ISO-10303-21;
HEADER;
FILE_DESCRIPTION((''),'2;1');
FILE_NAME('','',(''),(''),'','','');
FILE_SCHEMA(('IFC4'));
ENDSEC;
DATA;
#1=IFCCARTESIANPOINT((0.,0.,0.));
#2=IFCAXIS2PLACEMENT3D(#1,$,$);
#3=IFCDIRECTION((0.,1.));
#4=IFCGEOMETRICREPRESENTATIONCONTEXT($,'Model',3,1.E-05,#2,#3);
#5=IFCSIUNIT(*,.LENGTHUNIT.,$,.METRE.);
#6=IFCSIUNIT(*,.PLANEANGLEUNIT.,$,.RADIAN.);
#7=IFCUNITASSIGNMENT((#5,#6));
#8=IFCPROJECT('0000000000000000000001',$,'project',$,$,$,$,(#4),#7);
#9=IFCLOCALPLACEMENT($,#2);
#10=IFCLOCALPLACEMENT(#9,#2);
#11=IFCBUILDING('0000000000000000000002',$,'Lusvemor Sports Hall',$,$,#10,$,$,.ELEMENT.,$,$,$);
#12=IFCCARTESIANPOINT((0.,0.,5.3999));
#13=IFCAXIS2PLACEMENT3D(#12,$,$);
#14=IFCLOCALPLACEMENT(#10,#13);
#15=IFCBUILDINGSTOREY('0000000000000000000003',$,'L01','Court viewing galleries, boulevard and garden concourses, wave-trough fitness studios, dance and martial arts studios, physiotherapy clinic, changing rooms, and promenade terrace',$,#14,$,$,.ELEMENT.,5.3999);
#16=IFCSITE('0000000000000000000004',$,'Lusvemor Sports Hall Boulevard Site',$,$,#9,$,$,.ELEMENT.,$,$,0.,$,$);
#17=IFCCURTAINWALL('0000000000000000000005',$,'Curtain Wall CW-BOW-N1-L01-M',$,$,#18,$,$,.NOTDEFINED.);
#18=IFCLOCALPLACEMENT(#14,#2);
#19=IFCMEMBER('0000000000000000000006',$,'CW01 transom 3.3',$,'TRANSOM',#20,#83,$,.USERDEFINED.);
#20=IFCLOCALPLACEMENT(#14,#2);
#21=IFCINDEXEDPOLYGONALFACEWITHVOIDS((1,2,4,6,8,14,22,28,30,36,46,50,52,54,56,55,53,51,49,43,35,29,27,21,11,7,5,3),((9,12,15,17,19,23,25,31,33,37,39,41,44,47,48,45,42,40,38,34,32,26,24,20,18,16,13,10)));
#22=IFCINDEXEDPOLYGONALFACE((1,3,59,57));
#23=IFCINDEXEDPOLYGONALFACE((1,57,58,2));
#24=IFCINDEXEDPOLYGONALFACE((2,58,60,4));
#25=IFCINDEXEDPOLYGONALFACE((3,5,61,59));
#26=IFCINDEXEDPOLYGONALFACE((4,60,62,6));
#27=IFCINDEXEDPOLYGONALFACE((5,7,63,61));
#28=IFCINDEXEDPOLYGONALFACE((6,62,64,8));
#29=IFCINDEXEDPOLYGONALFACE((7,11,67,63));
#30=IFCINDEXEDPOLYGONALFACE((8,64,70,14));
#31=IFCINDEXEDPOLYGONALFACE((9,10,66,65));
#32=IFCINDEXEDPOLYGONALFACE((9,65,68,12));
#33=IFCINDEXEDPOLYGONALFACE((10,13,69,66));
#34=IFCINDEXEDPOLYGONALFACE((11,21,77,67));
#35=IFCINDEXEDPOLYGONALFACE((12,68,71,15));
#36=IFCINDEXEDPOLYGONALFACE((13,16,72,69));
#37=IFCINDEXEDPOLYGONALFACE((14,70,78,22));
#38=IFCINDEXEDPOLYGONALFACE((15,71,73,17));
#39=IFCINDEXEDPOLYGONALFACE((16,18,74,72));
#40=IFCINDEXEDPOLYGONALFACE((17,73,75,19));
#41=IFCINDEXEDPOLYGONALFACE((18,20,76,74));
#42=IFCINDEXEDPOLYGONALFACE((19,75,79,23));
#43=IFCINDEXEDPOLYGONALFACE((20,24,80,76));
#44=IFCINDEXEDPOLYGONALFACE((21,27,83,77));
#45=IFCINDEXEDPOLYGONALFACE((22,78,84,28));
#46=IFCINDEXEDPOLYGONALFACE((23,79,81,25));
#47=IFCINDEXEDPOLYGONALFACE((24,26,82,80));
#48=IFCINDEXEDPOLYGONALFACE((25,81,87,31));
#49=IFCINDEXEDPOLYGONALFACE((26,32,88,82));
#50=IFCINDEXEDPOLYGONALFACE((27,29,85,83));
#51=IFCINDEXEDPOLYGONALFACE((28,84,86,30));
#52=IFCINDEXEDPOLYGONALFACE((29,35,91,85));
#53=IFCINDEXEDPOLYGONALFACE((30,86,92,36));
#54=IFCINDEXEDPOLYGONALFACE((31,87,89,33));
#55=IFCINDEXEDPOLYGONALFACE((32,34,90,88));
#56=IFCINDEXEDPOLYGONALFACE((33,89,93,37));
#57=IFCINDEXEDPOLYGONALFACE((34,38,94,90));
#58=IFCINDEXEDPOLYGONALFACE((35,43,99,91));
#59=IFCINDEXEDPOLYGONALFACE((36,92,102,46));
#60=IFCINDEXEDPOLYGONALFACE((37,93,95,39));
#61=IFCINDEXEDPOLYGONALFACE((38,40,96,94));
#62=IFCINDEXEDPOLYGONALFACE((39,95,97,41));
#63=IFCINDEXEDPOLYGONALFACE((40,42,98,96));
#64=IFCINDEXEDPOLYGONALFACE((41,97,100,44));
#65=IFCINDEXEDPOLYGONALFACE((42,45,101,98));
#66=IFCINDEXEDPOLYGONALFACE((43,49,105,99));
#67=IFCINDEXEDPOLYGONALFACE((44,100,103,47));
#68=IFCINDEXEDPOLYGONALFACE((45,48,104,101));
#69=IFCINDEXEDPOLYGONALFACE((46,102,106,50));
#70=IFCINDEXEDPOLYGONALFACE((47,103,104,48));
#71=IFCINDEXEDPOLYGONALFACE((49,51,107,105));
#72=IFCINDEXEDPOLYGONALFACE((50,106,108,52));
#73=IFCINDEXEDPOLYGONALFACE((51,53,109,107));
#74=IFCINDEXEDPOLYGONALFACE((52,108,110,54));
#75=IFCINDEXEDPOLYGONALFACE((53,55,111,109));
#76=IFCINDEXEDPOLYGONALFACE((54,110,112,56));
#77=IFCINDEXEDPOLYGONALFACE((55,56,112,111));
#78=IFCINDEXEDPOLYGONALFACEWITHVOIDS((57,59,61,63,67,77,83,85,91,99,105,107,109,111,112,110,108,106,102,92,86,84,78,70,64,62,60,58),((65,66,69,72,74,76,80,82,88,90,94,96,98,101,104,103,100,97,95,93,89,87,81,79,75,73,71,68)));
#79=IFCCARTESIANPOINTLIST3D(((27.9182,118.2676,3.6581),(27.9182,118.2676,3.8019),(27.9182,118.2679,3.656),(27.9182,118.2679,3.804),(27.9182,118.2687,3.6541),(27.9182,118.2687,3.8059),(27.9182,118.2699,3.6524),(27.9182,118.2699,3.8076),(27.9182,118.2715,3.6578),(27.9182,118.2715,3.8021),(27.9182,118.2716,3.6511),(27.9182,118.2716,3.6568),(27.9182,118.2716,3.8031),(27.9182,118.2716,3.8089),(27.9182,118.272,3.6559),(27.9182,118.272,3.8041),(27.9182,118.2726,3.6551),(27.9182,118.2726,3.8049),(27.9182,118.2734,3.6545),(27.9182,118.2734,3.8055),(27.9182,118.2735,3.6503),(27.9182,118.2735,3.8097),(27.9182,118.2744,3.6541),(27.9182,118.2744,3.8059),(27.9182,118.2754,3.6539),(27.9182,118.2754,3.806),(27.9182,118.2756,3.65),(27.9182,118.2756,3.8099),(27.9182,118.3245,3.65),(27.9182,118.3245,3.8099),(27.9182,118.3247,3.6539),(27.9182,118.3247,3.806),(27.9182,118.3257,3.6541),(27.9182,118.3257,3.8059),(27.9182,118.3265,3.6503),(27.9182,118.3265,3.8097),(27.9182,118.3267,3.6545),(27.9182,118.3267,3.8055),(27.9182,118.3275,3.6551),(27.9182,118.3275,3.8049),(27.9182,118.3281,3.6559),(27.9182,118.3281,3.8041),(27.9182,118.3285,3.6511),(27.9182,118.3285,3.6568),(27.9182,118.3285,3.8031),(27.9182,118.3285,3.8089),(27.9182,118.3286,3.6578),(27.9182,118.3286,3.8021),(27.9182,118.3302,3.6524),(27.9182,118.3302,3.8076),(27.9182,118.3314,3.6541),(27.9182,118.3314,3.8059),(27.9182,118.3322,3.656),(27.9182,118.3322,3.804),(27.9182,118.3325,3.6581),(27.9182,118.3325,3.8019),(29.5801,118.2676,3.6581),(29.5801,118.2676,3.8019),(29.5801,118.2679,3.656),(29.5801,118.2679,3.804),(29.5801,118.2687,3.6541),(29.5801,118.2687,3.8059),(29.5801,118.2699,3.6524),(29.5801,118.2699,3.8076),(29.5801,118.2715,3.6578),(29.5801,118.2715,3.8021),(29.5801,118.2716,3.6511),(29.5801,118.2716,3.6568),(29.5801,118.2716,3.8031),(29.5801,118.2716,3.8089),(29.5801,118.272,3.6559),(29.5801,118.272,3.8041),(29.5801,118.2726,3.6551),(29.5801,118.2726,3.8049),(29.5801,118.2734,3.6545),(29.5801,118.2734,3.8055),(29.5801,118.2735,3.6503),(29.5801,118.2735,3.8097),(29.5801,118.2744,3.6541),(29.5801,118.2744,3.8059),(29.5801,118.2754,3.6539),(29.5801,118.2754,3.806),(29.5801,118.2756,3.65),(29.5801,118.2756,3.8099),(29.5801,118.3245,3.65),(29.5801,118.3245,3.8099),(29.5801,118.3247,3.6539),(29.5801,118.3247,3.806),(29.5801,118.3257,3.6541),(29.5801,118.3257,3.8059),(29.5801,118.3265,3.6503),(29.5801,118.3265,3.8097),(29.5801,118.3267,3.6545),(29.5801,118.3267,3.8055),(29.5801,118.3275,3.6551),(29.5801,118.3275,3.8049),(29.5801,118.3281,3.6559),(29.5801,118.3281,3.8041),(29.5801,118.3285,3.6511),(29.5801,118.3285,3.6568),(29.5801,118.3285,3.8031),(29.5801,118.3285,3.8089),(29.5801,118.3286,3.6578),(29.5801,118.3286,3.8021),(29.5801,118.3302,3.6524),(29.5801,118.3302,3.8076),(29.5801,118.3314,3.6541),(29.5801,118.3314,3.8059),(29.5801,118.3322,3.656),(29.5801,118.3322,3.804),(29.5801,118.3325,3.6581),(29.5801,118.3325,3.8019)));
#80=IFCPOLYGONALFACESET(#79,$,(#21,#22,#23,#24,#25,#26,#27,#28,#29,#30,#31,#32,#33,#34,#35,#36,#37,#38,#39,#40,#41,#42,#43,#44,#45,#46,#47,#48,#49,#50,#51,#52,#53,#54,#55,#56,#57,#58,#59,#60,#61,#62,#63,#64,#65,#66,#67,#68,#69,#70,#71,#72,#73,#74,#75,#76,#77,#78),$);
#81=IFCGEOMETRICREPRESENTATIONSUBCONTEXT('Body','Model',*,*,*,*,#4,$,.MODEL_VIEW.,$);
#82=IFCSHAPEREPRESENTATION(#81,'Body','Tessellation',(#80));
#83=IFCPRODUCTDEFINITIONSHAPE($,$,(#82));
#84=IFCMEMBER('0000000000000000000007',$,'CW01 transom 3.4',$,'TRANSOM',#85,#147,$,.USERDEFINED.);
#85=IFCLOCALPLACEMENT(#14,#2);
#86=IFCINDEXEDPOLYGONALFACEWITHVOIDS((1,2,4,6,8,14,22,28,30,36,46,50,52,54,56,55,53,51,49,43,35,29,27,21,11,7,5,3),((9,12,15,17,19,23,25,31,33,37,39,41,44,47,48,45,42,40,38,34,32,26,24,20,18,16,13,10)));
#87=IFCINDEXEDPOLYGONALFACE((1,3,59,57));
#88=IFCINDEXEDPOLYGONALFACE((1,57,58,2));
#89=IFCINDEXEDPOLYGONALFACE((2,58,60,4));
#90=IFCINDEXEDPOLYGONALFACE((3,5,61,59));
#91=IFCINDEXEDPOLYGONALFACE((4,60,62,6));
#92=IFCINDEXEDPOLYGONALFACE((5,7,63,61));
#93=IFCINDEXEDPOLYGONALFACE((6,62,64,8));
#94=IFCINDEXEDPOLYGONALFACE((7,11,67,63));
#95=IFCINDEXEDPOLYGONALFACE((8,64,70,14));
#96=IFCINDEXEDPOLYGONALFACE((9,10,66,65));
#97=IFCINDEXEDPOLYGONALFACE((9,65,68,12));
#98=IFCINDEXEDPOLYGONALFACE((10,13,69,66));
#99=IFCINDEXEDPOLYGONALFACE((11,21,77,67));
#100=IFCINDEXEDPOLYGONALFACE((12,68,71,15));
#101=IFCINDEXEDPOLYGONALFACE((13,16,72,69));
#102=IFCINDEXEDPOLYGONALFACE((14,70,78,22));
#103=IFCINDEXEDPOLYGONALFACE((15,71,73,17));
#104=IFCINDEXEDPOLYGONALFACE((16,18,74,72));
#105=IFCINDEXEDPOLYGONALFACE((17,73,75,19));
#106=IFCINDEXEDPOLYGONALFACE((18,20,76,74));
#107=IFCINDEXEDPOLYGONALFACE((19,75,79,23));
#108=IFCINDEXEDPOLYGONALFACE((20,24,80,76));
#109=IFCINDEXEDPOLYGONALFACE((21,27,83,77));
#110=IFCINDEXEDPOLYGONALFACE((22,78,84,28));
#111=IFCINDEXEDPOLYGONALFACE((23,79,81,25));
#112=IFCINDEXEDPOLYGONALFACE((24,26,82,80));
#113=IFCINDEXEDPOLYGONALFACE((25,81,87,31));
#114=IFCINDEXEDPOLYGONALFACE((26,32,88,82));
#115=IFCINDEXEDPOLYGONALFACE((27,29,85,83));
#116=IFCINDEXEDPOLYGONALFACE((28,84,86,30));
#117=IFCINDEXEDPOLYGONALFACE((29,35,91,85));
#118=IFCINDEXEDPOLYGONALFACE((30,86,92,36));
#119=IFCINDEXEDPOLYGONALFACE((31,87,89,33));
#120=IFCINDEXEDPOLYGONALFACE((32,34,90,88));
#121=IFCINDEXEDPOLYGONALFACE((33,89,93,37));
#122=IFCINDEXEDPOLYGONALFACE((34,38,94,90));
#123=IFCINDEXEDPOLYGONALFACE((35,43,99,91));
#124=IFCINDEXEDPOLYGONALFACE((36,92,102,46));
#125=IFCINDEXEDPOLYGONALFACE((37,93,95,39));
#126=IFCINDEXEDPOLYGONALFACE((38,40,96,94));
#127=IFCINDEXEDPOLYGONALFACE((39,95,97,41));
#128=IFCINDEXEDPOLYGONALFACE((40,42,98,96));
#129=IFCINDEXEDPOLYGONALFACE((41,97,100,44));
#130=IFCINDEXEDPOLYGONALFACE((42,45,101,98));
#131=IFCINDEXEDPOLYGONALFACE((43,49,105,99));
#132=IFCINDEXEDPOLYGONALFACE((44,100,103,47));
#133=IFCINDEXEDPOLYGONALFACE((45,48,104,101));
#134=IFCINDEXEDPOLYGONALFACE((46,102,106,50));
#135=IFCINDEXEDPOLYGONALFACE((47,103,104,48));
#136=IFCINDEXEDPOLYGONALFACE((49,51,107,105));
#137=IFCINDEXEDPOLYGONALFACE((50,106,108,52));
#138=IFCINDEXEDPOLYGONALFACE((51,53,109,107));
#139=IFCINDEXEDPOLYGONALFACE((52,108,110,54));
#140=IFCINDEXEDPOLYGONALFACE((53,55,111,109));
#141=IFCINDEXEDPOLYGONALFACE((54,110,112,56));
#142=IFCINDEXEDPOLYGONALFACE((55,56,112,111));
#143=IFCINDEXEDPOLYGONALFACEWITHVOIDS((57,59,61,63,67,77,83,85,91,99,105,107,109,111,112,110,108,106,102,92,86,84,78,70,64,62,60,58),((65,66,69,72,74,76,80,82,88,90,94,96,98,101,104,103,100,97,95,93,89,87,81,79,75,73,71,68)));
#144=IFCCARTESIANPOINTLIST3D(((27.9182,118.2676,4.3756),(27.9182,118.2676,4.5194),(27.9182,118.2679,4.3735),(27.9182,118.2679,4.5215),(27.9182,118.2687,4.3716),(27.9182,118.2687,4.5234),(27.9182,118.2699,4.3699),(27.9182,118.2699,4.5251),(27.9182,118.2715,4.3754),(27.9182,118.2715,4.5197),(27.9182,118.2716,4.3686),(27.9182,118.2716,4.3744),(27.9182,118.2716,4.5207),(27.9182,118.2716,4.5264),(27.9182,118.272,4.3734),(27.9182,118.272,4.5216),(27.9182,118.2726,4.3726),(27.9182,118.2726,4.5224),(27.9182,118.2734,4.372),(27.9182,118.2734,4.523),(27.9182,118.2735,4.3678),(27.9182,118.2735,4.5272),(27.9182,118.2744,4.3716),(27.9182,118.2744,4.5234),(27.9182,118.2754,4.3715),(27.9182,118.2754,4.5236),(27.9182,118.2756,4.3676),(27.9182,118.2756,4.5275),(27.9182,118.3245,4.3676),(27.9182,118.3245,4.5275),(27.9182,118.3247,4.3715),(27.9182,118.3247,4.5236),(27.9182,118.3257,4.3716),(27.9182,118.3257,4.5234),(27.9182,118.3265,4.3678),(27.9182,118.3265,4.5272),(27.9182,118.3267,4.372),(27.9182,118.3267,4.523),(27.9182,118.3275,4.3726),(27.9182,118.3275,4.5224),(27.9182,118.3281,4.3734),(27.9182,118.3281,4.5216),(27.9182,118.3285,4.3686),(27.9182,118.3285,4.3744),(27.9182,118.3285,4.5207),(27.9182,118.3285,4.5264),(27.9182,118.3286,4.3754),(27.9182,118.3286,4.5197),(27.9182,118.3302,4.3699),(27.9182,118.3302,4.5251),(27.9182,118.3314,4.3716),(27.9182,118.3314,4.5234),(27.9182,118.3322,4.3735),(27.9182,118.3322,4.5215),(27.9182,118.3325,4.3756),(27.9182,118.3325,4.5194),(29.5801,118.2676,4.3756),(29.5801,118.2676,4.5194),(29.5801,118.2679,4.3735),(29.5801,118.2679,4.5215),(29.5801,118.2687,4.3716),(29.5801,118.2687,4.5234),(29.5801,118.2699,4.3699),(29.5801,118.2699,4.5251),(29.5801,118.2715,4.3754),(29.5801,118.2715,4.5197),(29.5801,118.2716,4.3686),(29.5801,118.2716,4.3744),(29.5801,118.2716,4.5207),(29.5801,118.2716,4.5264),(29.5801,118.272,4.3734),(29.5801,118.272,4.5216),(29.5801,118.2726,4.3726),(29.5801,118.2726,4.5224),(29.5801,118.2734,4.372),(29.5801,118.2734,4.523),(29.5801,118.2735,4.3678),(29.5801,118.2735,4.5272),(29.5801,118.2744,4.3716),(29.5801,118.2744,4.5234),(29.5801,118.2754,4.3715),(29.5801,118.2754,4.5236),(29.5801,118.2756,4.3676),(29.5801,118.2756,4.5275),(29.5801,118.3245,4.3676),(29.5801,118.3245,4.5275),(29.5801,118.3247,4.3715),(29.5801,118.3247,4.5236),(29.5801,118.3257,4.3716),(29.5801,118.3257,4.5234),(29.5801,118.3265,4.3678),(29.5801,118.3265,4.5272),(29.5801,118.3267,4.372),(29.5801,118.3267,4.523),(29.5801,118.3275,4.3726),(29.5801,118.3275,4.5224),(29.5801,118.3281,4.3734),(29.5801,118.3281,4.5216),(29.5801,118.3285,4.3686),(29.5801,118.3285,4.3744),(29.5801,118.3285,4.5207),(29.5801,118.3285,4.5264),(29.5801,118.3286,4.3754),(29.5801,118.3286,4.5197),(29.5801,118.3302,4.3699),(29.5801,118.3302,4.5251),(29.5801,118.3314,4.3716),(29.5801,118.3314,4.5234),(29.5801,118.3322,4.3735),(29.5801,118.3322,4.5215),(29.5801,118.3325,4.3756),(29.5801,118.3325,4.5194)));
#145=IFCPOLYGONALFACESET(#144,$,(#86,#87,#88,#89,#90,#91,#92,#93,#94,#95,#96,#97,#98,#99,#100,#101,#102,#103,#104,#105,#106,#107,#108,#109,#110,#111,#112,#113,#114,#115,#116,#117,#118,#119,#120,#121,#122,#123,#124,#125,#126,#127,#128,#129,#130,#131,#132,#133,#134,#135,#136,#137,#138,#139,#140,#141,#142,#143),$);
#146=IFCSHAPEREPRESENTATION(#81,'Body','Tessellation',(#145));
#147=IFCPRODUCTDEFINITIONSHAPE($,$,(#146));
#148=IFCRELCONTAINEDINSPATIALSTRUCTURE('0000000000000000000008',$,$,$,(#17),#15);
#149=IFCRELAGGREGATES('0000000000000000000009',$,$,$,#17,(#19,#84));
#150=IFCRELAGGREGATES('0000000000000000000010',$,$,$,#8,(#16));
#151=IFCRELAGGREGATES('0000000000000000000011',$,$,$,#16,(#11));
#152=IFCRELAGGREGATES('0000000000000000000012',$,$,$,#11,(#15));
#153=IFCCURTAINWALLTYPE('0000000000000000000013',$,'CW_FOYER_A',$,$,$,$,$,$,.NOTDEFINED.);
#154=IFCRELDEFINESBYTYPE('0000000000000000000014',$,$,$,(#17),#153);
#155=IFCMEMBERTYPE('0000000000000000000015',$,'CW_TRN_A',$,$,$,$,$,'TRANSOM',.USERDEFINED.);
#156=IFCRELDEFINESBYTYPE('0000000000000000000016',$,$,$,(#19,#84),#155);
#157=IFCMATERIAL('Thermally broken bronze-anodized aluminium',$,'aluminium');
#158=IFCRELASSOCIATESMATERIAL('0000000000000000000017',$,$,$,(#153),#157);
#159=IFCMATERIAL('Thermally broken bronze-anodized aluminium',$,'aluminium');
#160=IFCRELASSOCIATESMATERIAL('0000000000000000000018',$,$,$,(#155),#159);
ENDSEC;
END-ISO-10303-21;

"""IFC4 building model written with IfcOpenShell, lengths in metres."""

from ifc_helpers import new_model, si_unit, direction, frame, origin, origin_2d, place, context, subcontext, project, spatial, hollow_rectangle, extrude, material, material_profile, profile_set, type_object, element, aggregate, save


model = new_model("IFC4")

# Units and contexts
model_context = context("Model", 3, precision=1e-05, world=origin(), true_north=direction((0.0, 1.0)))
body_context = subcontext(model_context, "Body", "Model", "MODEL_VIEW")
ifc_project = project(units=[si_unit("LENGTHUNIT", "METRE"), si_unit("PLANEANGLEUNIT", "RADIAN")], contexts=[model_context])

# Site, building, storey
site_placement = place(None, origin())
site = spatial("IfcSite", under=ifc_project, at=site_placement, Name="Lusvemor Sports Hall Boulevard Site", CompositionType="ELEMENT", RefElevation=0.0)
building_placement = place(site_placement, origin())
building = spatial("IfcBuilding", under=site, at=building_placement, Name="Lusvemor Sports Hall", CompositionType="ELEMENT")
storey_placement = place(building_placement, frame((0.0, 0.0, 5.3999)))
storey = spatial("IfcBuildingStorey", under=building, at=storey_placement, Name="L01", Description="Court viewing galleries, boulevard and garden concourses, wave-trough fitness studios, dance and martial arts studios, physiotherapy clinic, changing rooms, and promenade terrace", CompositionType="ELEMENT", Elevation=5.3999)

# Curtain wall
ifc_material_1 = material(Name="Thermally broken bronze-anodized aluminium", Category="aluminium")
curtain_wall_type_1 = type_object("IfcCurtainWallType", Name="CW_FOYER_A", PredefinedType="NOTDEFINED", material=ifc_material_1)
curtain_wall_1_placement = place(storey_placement, origin())
curtain_wall_1 = element("IfcCurtainWall", 1, at=curtain_wall_1_placement, inside=storey, type_object=curtain_wall_type_1, Name="Curtain Wall CW-BOW-N1-L01-M", PredefinedType="NOTDEFINED")

# Members
ifc_material_2 = material(Name="Thermally broken bronze-anodized aluminium", Category="aluminium")
ifc_material_profile_1 = material_profile(ifc_material_2, hollow_rectangle(XDim=0.0649, YDim=0.1599, WallThickness=0.0039, InnerFilletRadius=0.0039, OuterFilletRadius=0.0081, at=origin_2d()), Name="CWTRN160x65x4")
ifc_profile_set_1 = profile_set([ifc_material_profile_1], Name="Thermally broken bronze-anodized aluminium")
member_type_1 = type_object("IfcMemberType", Name="CW_TRN_A", ElementType="TRANSOM", PredefinedType="USERDEFINED", material=ifc_profile_set_1)
member_1_placement = place(storey_placement, frame((27.9182, 118.3, 3.73), z_axis=(1.0, 0.0, 0.0), x_axis=(0.0, 1.0, 0.0)))
member_1 = element("IfcMember", 2, at=member_1_placement, type_object=member_type_1, Name="CW01 transom 3.3", ObjectType="TRANSOM", PredefinedType="USERDEFINED", context=body_context, shape_type="SweptSolid", body=[
    extrude(hollow_rectangle(XDim=0.0649, YDim=0.1599, WallThickness=0.0039, InnerFilletRadius=0.0039, OuterFilletRadius=0.0081, at=origin_2d()), origin(), (0.0, 0.0, 1.0), 1.6619),
])
member_2_placement = place(storey_placement, frame((27.9182, 118.3, 4.4475), z_axis=(1.0, 0.0, 0.0), x_axis=(0.0, 1.0, 0.0)))
member_2 = element("IfcMember", 3, at=member_2_placement, type_object=member_type_1, Name="CW01 transom 3.4", ObjectType="TRANSOM", PredefinedType="USERDEFINED", context=body_context, shape_type="SweptSolid", body=[
    extrude(hollow_rectangle(XDim=0.0649, YDim=0.1599, WallThickness=0.0039, InnerFilletRadius=0.0039, OuterFilletRadius=0.0081, at=origin_2d()), origin(), (0.0, 0.0, 1.0), 1.6619),
])

aggregate(curtain_wall_1, [member_1, member_2])

save(model, "model.ifc")
